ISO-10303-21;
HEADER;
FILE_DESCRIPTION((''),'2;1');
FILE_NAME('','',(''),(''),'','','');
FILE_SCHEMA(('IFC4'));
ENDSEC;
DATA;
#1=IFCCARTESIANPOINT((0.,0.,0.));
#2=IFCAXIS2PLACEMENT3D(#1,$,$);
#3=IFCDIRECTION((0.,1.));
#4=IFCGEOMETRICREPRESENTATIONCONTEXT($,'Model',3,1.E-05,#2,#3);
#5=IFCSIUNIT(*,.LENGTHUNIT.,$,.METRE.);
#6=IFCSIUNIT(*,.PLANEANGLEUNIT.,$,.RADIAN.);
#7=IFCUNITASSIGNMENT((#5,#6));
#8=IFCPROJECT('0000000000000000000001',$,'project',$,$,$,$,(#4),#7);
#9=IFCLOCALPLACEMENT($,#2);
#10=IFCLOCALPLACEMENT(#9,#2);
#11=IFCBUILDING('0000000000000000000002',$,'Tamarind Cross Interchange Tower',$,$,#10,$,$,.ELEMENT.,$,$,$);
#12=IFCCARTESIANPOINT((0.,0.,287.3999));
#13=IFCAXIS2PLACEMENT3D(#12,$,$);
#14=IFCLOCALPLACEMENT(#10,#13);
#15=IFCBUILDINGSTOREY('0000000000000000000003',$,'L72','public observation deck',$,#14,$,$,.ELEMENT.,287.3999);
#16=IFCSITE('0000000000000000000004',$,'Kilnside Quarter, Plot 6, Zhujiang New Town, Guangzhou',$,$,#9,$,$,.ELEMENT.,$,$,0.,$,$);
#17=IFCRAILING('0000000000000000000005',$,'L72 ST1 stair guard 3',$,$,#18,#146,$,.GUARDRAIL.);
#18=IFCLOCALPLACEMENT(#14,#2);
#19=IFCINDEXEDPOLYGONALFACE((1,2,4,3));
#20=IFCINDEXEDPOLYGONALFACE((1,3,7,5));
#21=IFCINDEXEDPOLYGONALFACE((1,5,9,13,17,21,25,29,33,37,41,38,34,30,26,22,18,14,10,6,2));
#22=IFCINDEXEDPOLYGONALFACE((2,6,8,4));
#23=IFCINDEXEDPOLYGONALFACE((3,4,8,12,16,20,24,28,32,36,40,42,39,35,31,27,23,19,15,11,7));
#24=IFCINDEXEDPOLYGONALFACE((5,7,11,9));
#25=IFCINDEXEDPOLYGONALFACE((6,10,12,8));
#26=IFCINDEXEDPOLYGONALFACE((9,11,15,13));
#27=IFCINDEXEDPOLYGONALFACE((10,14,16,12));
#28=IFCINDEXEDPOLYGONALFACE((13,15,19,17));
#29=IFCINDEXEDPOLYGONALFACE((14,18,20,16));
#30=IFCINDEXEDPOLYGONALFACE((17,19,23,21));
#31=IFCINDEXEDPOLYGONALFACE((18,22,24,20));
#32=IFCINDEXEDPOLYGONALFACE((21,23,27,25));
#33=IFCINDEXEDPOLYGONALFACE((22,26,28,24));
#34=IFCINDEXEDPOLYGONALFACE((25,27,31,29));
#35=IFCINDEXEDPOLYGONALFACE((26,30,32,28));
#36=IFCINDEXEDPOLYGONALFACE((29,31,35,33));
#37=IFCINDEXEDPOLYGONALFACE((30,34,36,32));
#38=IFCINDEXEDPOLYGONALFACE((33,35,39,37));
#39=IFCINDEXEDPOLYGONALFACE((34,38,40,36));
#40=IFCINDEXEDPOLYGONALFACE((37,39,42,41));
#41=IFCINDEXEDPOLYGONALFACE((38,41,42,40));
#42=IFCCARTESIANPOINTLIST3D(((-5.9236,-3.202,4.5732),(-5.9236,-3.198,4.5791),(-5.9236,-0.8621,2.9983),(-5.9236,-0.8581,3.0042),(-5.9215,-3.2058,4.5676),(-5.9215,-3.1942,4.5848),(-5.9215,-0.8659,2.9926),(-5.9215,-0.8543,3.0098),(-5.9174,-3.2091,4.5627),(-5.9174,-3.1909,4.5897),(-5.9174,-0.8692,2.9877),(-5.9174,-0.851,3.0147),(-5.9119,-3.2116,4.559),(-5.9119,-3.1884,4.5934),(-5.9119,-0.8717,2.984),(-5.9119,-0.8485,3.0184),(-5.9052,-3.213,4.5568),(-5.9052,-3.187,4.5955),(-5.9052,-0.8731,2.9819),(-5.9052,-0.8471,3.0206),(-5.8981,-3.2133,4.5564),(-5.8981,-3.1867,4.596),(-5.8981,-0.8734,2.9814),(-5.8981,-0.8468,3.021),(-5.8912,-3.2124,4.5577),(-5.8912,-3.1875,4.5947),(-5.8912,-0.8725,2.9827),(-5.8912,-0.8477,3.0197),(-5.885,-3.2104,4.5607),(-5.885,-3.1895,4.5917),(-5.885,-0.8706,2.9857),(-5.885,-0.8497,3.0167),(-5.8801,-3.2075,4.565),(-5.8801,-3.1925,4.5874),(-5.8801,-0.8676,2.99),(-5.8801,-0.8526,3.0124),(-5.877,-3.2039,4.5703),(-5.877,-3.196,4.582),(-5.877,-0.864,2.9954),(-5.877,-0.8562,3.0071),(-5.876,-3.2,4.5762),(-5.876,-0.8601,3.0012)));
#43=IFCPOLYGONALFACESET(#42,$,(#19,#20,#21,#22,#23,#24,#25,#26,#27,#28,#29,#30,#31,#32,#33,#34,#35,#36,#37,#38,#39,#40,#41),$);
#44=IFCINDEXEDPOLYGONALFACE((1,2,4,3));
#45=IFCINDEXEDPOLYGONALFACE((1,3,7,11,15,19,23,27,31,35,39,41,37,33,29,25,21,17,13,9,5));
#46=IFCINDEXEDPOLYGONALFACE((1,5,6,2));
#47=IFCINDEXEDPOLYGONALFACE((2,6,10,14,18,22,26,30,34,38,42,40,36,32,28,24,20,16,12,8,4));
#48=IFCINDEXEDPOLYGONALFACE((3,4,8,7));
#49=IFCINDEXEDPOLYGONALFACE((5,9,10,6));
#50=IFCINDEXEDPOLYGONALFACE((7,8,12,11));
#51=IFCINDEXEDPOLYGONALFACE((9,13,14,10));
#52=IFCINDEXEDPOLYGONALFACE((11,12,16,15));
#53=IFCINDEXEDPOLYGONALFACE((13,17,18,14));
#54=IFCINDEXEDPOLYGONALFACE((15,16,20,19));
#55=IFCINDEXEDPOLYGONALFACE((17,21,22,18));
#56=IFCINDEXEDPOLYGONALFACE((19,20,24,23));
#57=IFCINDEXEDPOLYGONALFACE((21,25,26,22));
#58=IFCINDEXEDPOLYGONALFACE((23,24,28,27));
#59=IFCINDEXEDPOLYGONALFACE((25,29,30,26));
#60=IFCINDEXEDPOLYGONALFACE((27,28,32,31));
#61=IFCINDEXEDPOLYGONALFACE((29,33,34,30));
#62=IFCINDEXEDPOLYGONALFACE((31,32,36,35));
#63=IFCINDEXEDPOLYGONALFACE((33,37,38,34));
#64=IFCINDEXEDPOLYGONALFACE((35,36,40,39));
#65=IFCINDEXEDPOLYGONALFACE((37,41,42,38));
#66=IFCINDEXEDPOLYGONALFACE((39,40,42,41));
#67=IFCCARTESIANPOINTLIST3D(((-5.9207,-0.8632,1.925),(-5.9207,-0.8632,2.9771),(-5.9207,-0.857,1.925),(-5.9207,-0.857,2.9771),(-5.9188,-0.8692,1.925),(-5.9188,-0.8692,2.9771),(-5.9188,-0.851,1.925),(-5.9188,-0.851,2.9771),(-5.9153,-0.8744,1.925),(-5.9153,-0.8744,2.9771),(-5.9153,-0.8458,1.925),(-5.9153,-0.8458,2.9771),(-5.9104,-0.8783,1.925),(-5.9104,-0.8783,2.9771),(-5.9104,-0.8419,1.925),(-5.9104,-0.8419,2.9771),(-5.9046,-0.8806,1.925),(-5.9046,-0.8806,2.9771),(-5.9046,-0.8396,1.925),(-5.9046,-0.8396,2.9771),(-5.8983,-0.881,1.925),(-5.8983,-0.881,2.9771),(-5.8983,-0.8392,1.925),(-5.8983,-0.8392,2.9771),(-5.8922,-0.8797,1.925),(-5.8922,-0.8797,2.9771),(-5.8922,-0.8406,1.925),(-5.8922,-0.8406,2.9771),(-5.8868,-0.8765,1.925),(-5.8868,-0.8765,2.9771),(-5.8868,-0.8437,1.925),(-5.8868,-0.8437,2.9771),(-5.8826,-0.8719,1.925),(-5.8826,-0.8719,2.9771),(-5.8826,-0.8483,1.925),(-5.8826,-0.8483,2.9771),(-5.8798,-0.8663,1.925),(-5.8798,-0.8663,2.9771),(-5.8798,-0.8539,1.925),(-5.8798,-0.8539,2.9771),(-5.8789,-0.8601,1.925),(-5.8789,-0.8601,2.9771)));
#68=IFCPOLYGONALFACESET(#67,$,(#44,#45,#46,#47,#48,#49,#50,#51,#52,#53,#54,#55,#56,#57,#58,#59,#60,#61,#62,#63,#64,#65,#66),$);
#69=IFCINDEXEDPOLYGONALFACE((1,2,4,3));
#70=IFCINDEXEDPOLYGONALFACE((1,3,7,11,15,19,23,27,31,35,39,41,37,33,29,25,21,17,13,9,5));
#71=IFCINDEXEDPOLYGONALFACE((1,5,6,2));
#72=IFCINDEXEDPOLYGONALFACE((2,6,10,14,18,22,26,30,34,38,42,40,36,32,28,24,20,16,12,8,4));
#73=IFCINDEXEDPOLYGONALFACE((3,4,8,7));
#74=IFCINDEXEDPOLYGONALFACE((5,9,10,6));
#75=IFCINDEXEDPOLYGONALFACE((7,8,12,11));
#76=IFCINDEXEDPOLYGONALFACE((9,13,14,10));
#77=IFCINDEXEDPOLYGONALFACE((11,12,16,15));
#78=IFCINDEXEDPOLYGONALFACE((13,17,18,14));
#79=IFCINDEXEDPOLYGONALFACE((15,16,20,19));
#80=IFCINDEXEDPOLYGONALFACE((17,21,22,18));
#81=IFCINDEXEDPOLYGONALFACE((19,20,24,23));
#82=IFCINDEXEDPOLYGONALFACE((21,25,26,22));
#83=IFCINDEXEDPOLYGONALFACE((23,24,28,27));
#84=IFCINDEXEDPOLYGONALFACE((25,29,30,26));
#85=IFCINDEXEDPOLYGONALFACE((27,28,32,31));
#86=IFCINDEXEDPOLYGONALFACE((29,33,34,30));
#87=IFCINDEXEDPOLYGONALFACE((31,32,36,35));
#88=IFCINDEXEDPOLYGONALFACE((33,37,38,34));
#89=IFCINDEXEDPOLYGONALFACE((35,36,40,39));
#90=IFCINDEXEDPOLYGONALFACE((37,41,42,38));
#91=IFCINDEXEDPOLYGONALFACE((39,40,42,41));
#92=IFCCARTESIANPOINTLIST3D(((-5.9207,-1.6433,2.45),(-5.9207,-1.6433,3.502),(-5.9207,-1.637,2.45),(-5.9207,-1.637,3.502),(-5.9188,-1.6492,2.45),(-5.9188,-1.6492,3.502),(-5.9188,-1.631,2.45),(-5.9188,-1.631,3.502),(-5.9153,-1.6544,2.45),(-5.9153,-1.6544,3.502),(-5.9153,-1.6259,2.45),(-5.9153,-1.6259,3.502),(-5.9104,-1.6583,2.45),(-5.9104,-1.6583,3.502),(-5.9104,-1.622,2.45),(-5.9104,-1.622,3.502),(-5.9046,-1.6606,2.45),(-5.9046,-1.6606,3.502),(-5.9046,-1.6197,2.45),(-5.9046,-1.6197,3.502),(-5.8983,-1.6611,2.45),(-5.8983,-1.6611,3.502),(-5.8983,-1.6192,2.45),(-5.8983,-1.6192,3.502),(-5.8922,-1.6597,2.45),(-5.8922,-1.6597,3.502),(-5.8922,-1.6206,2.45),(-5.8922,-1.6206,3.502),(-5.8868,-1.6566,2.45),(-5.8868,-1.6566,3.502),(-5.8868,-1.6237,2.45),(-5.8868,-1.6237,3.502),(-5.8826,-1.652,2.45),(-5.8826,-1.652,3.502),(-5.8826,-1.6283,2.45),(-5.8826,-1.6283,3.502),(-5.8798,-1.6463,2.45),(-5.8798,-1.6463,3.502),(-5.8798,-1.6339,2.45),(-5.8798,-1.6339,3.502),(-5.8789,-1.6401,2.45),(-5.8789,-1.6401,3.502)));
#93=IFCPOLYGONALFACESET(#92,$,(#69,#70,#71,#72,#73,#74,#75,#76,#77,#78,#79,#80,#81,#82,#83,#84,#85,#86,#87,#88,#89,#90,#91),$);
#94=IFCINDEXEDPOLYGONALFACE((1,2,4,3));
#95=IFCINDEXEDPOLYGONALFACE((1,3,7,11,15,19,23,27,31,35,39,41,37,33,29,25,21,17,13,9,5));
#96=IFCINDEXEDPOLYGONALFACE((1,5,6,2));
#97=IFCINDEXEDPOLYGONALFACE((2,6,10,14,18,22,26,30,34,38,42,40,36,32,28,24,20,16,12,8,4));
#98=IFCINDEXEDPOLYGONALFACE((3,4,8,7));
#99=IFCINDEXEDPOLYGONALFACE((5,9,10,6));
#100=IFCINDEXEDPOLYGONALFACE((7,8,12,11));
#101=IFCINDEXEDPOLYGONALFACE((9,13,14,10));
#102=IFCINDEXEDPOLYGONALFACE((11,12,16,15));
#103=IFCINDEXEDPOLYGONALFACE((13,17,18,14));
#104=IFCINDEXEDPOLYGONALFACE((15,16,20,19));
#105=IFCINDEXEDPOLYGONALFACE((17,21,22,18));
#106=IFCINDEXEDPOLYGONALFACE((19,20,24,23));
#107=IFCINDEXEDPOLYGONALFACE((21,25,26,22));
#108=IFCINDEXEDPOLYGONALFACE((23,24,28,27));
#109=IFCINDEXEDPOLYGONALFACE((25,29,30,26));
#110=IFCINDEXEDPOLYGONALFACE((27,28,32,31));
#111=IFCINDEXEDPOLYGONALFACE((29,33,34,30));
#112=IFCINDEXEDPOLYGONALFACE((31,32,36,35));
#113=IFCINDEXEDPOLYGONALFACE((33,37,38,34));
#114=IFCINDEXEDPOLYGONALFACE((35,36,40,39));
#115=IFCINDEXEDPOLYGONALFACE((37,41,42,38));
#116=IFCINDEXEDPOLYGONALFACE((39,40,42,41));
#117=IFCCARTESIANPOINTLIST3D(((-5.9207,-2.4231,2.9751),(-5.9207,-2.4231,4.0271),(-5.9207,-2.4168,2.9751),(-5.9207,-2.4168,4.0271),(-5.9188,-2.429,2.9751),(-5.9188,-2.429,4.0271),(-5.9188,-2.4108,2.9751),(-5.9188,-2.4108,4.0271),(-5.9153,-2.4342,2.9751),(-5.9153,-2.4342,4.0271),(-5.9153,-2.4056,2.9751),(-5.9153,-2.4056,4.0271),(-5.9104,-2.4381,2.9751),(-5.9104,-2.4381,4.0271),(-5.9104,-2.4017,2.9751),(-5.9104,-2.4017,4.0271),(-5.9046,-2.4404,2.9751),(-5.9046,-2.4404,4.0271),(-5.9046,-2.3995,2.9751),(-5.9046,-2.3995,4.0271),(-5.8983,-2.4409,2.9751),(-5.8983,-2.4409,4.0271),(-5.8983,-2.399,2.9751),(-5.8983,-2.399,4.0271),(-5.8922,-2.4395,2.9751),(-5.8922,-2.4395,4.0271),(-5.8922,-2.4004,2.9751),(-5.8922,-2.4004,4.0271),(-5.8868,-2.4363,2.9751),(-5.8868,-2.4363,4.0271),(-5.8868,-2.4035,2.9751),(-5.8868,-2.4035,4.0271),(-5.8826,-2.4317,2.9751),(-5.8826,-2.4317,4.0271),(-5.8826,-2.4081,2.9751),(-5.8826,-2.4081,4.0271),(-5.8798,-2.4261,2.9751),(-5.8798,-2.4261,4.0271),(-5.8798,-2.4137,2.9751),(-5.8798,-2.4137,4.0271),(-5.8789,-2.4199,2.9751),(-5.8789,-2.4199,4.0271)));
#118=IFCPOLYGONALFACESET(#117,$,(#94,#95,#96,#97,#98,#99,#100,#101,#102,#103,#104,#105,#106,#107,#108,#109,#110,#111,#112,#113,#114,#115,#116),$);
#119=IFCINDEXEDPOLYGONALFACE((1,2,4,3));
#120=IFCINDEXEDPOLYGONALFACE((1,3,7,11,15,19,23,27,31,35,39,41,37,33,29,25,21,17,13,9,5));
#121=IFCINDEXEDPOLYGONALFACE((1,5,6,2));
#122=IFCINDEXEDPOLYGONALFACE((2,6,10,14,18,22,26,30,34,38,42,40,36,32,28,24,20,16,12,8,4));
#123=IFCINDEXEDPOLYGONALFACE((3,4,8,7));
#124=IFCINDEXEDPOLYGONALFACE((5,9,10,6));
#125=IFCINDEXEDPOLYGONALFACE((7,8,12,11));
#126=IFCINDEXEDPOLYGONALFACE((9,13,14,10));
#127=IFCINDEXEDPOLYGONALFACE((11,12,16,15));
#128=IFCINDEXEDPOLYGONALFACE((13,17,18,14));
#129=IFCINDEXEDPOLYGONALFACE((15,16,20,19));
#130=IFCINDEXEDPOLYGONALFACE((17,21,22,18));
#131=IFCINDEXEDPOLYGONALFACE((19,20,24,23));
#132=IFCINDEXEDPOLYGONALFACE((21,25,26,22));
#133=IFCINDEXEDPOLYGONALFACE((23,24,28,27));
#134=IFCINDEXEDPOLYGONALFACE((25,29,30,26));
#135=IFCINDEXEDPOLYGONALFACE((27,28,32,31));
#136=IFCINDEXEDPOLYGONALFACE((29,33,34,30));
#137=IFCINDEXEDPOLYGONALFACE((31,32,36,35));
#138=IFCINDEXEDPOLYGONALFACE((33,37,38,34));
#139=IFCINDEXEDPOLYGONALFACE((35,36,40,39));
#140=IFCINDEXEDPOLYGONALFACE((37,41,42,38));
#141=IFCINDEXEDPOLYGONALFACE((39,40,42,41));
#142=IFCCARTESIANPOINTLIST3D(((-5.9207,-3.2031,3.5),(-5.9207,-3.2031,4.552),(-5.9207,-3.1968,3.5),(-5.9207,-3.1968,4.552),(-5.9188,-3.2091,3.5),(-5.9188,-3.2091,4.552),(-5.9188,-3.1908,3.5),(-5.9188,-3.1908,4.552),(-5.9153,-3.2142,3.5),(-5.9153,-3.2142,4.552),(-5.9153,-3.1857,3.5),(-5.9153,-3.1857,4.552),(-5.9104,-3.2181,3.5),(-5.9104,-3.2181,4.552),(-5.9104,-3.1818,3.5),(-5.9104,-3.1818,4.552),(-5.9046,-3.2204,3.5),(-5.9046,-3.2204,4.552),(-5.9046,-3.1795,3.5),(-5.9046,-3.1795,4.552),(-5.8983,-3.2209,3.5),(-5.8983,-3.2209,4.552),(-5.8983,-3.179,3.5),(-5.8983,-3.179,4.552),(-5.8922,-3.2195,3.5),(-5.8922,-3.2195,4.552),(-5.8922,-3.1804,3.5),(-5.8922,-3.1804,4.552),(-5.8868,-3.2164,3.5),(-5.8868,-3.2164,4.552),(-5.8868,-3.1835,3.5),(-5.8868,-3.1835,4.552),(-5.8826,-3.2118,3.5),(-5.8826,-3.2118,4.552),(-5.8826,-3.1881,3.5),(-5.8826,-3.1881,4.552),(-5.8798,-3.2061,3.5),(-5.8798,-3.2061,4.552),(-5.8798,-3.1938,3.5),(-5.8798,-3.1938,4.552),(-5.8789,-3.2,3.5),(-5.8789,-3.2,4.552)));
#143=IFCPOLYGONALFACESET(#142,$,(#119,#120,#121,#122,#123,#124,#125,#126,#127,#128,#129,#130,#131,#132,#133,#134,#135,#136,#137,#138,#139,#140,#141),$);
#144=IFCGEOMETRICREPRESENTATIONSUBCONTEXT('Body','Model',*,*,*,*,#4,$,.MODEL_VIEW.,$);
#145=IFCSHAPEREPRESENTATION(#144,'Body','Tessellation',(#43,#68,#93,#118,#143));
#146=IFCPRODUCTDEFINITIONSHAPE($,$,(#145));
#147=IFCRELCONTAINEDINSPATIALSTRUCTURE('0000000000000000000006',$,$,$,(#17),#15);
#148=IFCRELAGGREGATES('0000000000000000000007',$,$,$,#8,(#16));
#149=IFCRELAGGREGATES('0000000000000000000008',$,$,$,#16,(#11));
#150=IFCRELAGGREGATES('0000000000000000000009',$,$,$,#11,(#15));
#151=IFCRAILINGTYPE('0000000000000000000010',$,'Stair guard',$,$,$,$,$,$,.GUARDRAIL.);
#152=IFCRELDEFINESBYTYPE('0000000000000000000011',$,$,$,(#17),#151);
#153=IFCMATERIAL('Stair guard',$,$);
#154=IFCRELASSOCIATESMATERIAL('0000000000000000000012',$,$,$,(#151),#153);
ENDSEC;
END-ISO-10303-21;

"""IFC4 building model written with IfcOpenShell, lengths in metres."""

from ifc_helpers import new_model, si_unit, direction, frame, origin, origin_2d, place, context, subcontext, project, spatial, circle, extrude, material, type_object, element, save


model = new_model("IFC4")

# Units and contexts
model_context = context("Model", 3, precision=1e-05, world=origin(), true_north=direction((0.0, 1.0)))
body_context = subcontext(model_context, "Body", "Model", "MODEL_VIEW")
ifc_project = project(units=[si_unit("LENGTHUNIT", "METRE"), si_unit("PLANEANGLEUNIT", "RADIAN")], contexts=[model_context])

# Site, building, storey
site_placement = place(None, origin())
site = spatial("IfcSite", under=ifc_project, at=site_placement, Name="Kilnside Quarter, Plot 6, Zhujiang New Town, Guangzhou", CompositionType="ELEMENT", RefElevation=0.0)
building_placement = place(site_placement, origin())
building = spatial("IfcBuilding", under=site, at=building_placement, Name="Tamarind Cross Interchange Tower", CompositionType="ELEMENT")
storey_placement = place(building_placement, frame((0.0, 0.0, 287.3999)))
storey = spatial("IfcBuildingStorey", under=building, at=storey_placement, Name="L72", Description="public observation deck", CompositionType="ELEMENT", Elevation=287.3999)

# Railing
ifc_material_1 = material(Name="Stair guard")
railing_type_1 = type_object("IfcRailingType", Name="Stair guard", PredefinedType="GUARDRAIL", material=ifc_material_1)
railing_1_placement = place(storey_placement, frame((-5.8999, -0.8601, 1.925)))
element("IfcRailing", 1, at=railing_1_placement, inside=storey, type_object=railing_type_1, Name="L72 ST1 stair guard 3", PredefinedType="GUARDRAIL", context=body_context, shape_type="SweptSolid", body=[
    extrude(circle(Radius=0.0239, at=origin_2d()), frame((0.0, 0.0, 1.0762), z_axis=(0.0, -0.829578, 0.55839), x_axis=(1.0, 0.0, 0.0)), (0.0, 0.0, 1.0), 2.8206),
    extrude(circle(Radius=0.021, at=origin_2d()), origin(), (0.0, 0.0, 1.0), 1.052),
    extrude(circle(Radius=0.021, at=origin_2d()), frame((0.0, -0.78, 0.5249)), (0.0, 0.0, 1.0), 1.052),
    extrude(circle(Radius=0.021, at=origin_2d()), frame((0.0, -1.5598, 1.05)), (0.0, 0.0, 1.0), 1.052),
    extrude(circle(Radius=0.021, at=origin_2d()), frame((0.0, -2.3398, 1.575)), (0.0, 0.0, 1.0), 1.052),
])

save(model, "model.ifc")
